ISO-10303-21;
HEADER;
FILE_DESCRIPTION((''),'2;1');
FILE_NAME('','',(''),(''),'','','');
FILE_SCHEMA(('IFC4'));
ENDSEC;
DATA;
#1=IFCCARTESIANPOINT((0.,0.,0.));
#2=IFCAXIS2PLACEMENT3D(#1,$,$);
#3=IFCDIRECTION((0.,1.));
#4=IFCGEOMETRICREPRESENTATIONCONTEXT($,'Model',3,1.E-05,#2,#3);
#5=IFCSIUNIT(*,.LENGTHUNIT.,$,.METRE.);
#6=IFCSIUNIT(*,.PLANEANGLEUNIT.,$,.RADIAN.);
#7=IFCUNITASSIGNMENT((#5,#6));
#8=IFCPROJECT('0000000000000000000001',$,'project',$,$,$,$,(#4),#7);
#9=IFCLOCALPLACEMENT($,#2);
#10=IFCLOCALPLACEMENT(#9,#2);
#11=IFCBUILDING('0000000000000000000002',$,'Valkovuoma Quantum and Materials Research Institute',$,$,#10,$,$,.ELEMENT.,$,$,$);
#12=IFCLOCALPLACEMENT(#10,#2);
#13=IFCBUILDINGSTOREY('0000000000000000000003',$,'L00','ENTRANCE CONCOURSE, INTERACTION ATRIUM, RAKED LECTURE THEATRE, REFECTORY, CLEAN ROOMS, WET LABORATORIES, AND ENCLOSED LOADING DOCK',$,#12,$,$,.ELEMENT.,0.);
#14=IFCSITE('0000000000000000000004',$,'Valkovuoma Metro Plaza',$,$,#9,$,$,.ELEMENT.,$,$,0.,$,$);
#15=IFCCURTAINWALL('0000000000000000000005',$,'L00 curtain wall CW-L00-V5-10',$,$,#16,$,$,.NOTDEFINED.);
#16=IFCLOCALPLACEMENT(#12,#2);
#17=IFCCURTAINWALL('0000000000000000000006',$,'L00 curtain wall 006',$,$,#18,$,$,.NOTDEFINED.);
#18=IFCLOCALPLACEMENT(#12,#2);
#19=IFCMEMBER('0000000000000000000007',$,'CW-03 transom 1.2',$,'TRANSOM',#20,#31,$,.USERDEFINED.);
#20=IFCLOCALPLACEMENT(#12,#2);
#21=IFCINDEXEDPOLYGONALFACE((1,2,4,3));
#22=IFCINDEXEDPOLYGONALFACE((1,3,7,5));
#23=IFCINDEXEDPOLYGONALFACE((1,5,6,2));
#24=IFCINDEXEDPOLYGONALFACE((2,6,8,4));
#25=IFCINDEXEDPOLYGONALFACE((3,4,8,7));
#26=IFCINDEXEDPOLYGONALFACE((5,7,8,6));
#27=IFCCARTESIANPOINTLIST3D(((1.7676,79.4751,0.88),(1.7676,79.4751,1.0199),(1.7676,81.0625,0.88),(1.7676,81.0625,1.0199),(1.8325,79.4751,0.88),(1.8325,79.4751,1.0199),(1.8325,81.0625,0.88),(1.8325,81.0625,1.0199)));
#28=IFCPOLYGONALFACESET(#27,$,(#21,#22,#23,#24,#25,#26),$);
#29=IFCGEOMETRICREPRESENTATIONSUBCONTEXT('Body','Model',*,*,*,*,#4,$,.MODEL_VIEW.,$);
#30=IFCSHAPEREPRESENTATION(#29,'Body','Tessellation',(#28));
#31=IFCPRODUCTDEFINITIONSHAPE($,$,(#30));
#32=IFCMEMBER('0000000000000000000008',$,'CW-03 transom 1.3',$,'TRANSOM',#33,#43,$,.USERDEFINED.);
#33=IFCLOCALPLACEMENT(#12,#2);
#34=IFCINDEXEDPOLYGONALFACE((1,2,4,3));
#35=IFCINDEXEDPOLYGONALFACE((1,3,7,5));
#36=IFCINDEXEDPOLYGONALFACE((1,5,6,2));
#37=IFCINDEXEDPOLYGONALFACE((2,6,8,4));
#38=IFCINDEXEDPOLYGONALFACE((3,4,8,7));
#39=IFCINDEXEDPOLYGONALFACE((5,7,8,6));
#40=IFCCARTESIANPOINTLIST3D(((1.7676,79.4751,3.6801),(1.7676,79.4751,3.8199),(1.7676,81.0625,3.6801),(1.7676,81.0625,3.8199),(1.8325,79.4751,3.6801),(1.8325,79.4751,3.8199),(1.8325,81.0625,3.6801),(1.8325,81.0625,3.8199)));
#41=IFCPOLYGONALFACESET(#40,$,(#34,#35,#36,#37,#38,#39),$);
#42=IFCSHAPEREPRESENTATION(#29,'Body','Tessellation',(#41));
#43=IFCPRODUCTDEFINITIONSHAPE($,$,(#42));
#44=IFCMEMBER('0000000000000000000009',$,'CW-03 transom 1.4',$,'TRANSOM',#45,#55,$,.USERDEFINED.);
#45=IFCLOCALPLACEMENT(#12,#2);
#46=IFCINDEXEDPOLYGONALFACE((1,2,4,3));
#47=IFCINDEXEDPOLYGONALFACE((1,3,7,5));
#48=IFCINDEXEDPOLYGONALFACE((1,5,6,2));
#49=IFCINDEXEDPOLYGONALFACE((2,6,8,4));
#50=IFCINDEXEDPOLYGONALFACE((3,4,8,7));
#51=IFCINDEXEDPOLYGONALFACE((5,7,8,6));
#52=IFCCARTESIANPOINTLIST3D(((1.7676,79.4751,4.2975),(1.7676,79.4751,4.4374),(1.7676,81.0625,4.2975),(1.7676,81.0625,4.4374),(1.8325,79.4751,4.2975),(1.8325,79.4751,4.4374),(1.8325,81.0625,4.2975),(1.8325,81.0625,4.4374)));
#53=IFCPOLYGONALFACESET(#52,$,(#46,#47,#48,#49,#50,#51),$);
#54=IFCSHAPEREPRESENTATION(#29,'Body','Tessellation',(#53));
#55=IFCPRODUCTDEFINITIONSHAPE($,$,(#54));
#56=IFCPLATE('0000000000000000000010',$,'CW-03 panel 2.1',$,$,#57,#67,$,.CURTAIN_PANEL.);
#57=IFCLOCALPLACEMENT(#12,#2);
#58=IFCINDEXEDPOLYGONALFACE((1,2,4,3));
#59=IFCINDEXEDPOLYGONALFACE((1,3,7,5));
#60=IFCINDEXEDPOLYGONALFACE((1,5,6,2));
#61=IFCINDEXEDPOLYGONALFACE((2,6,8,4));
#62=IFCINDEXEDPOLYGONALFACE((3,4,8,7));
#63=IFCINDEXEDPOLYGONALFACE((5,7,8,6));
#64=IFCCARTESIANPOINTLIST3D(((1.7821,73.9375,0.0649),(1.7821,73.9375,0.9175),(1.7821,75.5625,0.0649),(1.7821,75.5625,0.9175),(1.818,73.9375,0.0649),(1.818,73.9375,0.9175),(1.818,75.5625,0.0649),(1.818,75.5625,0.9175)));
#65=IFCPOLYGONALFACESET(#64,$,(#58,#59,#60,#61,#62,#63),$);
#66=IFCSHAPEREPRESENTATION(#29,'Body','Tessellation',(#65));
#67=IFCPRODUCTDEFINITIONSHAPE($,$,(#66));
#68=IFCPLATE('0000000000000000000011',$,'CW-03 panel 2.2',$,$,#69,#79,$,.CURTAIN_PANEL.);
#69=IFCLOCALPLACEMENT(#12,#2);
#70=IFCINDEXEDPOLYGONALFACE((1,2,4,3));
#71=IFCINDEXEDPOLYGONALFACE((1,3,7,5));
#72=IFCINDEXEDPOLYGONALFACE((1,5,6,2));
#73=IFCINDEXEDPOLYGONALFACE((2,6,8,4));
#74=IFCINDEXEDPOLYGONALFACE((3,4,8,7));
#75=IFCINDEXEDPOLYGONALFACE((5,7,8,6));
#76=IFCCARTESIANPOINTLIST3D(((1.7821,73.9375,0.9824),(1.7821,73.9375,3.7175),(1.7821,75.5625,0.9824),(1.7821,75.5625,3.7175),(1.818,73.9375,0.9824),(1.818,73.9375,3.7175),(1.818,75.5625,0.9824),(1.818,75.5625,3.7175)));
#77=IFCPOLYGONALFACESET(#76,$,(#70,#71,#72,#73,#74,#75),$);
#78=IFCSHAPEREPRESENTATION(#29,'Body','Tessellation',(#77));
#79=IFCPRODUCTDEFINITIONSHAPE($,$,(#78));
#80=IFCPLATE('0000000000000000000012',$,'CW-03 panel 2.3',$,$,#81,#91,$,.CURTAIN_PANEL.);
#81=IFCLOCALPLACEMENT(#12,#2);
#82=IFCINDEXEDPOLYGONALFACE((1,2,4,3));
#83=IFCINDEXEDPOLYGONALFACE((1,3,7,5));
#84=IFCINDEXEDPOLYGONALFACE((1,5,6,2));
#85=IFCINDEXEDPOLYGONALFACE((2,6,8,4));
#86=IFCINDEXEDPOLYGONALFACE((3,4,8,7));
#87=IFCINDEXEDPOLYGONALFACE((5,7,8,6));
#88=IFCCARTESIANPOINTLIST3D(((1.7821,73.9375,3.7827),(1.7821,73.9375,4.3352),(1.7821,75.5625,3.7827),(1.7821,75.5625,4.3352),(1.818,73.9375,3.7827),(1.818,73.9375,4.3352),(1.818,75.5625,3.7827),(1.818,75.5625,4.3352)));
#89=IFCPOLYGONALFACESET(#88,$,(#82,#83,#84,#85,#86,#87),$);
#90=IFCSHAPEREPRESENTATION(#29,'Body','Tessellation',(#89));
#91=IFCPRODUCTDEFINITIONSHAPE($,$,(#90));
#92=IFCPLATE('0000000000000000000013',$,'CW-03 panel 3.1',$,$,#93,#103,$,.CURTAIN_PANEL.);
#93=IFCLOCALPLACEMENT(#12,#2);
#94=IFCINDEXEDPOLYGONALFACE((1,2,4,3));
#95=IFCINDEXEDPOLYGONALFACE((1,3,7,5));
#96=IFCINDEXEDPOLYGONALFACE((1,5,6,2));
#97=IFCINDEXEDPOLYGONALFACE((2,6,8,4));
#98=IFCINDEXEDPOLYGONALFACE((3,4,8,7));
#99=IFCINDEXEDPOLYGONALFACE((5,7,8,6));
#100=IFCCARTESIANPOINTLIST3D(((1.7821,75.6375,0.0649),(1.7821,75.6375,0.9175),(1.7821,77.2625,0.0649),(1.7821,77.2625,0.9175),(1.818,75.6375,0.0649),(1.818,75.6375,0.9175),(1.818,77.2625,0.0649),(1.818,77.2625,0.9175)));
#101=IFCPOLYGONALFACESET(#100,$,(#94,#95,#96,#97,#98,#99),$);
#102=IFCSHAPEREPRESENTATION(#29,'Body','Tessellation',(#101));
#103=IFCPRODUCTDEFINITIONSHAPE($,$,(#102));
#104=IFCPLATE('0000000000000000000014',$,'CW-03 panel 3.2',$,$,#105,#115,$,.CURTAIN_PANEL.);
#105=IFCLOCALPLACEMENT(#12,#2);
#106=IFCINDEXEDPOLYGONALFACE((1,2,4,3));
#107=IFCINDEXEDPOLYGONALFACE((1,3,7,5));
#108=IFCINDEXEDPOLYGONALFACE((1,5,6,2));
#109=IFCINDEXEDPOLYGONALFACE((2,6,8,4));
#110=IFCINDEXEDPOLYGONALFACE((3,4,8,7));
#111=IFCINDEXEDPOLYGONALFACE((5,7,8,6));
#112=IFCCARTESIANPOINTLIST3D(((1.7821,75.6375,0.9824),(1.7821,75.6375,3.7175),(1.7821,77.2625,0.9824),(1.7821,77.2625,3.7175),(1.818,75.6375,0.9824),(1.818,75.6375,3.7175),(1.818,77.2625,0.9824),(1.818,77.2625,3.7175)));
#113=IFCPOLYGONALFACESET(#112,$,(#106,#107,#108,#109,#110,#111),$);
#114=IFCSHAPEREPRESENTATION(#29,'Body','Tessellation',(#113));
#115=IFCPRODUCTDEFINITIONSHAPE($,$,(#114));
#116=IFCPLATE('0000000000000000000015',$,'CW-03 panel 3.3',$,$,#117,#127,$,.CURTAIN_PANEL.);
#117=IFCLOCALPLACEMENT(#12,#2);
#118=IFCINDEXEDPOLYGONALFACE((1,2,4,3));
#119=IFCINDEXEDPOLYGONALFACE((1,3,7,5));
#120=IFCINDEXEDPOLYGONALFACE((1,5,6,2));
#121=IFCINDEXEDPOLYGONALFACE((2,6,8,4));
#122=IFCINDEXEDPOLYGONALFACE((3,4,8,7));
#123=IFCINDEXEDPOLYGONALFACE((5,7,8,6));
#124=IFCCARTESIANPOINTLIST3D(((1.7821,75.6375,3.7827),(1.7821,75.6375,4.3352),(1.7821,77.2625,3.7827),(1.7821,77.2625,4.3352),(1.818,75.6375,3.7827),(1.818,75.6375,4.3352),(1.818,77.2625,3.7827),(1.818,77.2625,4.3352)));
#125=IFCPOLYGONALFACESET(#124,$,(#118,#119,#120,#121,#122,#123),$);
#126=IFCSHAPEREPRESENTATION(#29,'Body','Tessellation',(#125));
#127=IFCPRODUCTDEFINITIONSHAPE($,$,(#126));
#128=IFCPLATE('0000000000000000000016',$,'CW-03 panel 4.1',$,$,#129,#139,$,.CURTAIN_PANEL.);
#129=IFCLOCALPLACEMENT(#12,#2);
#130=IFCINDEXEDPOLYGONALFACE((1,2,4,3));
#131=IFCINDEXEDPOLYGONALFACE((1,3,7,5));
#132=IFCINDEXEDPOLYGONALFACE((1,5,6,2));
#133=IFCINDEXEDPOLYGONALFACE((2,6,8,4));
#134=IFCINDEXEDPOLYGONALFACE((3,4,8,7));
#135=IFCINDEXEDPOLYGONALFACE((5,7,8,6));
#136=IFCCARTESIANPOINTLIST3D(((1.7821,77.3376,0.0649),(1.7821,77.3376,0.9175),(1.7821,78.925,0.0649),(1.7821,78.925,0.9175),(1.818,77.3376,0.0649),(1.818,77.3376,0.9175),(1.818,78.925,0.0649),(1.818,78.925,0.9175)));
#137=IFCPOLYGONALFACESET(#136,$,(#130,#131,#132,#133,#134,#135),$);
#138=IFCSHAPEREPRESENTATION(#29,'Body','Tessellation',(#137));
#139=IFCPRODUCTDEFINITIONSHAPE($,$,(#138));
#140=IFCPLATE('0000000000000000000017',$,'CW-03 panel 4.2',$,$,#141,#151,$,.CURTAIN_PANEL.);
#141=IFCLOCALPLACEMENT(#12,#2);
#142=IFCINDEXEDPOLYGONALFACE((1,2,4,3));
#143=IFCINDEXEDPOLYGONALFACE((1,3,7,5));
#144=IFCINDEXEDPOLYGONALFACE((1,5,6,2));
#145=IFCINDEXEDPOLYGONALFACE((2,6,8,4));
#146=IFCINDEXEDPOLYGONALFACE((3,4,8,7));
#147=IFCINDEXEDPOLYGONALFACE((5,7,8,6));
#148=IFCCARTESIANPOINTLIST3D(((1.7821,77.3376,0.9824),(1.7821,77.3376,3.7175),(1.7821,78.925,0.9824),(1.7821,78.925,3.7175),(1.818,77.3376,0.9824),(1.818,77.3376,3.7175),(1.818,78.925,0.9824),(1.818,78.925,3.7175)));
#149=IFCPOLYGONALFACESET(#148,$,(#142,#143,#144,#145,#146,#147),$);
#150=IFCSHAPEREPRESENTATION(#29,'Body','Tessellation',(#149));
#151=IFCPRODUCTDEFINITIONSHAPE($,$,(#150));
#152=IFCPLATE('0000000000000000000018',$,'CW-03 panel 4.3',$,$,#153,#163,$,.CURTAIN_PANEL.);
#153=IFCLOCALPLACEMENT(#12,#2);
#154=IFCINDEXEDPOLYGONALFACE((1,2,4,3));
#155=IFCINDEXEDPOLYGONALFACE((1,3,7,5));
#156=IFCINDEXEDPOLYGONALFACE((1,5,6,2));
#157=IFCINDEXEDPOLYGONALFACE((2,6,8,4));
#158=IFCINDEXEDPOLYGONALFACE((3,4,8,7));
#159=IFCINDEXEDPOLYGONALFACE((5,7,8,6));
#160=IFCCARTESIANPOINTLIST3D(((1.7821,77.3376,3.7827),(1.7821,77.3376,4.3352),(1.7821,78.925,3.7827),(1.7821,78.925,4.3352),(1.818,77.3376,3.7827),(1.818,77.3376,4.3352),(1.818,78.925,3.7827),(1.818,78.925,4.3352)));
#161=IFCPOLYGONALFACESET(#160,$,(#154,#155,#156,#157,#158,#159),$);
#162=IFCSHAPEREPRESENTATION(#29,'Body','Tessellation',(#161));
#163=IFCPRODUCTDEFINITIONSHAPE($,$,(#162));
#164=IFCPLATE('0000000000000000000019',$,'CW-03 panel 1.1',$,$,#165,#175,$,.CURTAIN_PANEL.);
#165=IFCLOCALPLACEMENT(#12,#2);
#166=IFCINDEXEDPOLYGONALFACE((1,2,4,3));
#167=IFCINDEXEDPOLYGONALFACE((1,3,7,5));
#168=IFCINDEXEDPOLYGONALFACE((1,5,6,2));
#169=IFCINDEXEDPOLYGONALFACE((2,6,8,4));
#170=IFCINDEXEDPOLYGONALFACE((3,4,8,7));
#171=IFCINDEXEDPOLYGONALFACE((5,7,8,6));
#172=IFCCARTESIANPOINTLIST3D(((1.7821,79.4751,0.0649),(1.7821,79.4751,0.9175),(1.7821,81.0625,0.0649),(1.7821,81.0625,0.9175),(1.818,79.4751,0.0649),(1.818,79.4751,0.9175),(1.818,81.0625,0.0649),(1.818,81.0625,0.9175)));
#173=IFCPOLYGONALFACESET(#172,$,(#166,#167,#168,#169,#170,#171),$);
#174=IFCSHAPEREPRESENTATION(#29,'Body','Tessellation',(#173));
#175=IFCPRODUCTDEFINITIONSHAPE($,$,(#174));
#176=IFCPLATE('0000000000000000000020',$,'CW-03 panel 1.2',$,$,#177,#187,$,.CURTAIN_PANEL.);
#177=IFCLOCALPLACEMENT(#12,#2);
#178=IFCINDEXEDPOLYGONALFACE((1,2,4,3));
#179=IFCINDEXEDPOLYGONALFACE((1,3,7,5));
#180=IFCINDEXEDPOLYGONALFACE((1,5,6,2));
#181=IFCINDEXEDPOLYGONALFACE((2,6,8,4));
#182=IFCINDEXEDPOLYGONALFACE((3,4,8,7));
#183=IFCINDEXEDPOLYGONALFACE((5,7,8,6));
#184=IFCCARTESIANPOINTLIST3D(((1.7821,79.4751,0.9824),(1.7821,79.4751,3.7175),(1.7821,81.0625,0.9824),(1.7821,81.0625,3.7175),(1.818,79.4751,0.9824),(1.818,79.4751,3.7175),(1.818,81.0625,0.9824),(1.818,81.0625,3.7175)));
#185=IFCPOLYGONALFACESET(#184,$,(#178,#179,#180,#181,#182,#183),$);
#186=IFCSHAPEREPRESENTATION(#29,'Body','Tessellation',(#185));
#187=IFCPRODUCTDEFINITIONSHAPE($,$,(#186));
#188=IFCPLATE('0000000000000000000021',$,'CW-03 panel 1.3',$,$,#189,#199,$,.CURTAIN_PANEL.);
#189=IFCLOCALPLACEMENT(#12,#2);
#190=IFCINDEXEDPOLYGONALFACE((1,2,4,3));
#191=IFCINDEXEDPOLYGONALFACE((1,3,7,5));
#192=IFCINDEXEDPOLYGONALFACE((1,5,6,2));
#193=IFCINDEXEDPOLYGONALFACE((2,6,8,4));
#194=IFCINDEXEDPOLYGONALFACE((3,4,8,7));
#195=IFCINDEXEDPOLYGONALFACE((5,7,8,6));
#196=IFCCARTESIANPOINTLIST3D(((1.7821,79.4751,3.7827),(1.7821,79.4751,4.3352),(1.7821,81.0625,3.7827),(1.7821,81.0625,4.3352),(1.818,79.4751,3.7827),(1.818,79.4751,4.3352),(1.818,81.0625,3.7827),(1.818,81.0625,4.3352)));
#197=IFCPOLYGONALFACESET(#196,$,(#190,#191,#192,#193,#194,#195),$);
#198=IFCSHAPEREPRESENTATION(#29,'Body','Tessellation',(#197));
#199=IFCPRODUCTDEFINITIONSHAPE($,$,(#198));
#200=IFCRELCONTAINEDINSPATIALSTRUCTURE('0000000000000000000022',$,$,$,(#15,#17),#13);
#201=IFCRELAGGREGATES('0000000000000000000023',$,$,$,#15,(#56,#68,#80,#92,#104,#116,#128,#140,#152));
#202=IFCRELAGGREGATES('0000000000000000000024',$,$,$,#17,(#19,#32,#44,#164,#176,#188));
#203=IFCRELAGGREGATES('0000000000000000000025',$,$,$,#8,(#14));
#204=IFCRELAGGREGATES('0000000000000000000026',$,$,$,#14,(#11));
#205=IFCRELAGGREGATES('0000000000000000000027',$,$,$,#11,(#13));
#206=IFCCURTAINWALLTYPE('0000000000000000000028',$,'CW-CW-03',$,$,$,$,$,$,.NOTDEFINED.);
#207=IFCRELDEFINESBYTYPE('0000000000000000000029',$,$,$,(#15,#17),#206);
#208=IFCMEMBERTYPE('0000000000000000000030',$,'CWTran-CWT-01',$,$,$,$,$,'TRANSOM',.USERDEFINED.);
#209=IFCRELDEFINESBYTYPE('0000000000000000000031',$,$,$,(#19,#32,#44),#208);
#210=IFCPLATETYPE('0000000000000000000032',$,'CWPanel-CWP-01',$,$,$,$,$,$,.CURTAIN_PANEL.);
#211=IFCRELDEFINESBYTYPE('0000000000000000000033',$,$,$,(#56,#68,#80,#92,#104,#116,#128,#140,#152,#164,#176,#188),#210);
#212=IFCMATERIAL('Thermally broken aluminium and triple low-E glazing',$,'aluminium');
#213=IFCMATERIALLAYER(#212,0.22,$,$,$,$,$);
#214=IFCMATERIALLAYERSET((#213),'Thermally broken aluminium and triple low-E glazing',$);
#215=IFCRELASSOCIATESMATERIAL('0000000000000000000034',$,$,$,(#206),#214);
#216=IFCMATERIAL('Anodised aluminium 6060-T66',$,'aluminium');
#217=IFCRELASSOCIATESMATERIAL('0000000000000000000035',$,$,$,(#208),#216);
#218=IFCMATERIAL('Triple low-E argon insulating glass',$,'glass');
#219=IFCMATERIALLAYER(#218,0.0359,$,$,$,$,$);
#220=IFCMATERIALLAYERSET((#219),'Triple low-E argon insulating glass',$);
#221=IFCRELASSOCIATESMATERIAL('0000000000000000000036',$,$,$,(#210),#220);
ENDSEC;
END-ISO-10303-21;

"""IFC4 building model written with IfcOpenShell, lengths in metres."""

from ifc_helpers import new_model, si_unit, direction, frame, origin, origin_2d, place, context, subcontext, project, spatial, rectangle, extrude, material, layer, layer_set, material_profile, profile_set, type_object, element, aggregate, save


model = new_model("IFC4")

# Units and contexts
model_context = context("Model", 3, precision=1e-05, world=origin(), true_north=direction((0.0, 1.0)))
body_context = subcontext(model_context, "Body", "Model", "MODEL_VIEW")
ifc_project = project(units=[si_unit("LENGTHUNIT", "METRE"), si_unit("PLANEANGLEUNIT", "RADIAN")], contexts=[model_context])

# Site, building, storey
site_placement = place(None, origin())
site = spatial("IfcSite", under=ifc_project, at=site_placement, Name="Valkovuoma Metro Plaza", CompositionType="ELEMENT", RefElevation=0.0)
building_placement = place(site_placement, origin())
building = spatial("IfcBuilding", under=site, at=building_placement, Name="Valkovuoma Quantum and Materials Research Institute", CompositionType="ELEMENT")
storey_placement = place(building_placement, origin())
storey = spatial("IfcBuildingStorey", under=building, at=storey_placement, Name="L00", Description="ENTRANCE CONCOURSE, INTERACTION ATRIUM, RAKED LECTURE THEATRE, REFECTORY, CLEAN ROOMS, WET LABORATORIES, AND ENCLOSED LOADING DOCK", CompositionType="ELEMENT", Elevation=0.0)

# Curtain wall
ifc_material_1 = material(Name="Thermally broken aluminium and triple low-E glazing", Category="aluminium")
ifc_layer_1 = layer(ifc_material_1, 0.22)
ifc_layer_set_1 = layer_set([ifc_layer_1], Name="Thermally broken aluminium and triple low-E glazing")
curtain_wall_type = type_object("IfcCurtainWallType", Name="CW-CW-03", PredefinedType="NOTDEFINED", material=ifc_layer_set_1)
curtain_wall_1_placement = place(storey_placement, origin())
curtain_wall_1 = element("IfcCurtainWall", 1, at=curtain_wall_1_placement, inside=storey, type_object=curtain_wall_type, Name="L00 curtain wall CW-L00-V5-10", PredefinedType="NOTDEFINED")

# Curtain wall
curtain_wall_2_placement = place(storey_placement, origin())
curtain_wall_2 = element("IfcCurtainWall", 2, at=curtain_wall_2_placement, inside=storey, type_object=curtain_wall_type, Name="L00 curtain wall 006", PredefinedType="NOTDEFINED")

# Members
ifc_material_2 = material(Name="Anodised aluminium 6060-T66", Category="aluminium")
ifc_material_profile_1 = material_profile(ifc_material_2, rectangle(XDim=0.0649, YDim=0.1399, at=origin_2d()), Name="Anodised aluminium 6060-T66")
ifc_profile_set_1 = profile_set([ifc_material_profile_1], Name="Anodised aluminium 6060-T66")
member_type_1 = type_object("IfcMemberType", Name="CWTran-CWT-01", ElementType="TRANSOM", PredefinedType="USERDEFINED", material=ifc_profile_set_1)
member_1_placement = place(storey_placement, frame((1.8, 79.4751, 0.95), z_axis=(0.0, 1.0, 0.0), x_axis=(-1.0, 0.0, 0.0)))
member_1 = element("IfcMember", 3, at=member_1_placement, type_object=member_type_1, Name="CW-03 transom 1.2", ObjectType="TRANSOM", PredefinedType="USERDEFINED", context=body_context, shape_type="SweptSolid", body=[
    extrude(rectangle(XDim=0.0649, YDim=0.1399, at=origin_2d()), origin(), (0.0, 0.0, 1.0), 1.5874),
])
member_2_placement = place(storey_placement, frame((1.8, 79.4751, 3.75), z_axis=(0.0, 1.0, 0.0), x_axis=(-1.0, 0.0, 0.0)))
member_2 = element("IfcMember", 4, at=member_2_placement, type_object=member_type_1, Name="CW-03 transom 1.3", ObjectType="TRANSOM", PredefinedType="USERDEFINED", context=body_context, shape_type="SweptSolid", body=[
    extrude(rectangle(XDim=0.0649, YDim=0.1399, at=origin_2d()), origin(), (0.0, 0.0, 1.0), 1.5874),
])
member_3_placement = place(storey_placement, frame((1.8, 79.4751, 4.3674), z_axis=(0.0, 1.0, 0.0), x_axis=(-1.0, 0.0, 0.0)))
member_3 = element("IfcMember", 5, at=member_3_placement, type_object=member_type_1, Name="CW-03 transom 1.4", ObjectType="TRANSOM", PredefinedType="USERDEFINED", context=body_context, shape_type="SweptSolid", body=[
    extrude(rectangle(XDim=0.0649, YDim=0.1399, at=origin_2d()), origin(), (0.0, 0.0, 1.0), 1.5874),
])

# Plates
ifc_material_3 = material(Name="Triple low-E argon insulating glass", Category="glass")
ifc_layer_2 = layer(ifc_material_3, 0.0359)
ifc_layer_set_2 = layer_set([ifc_layer_2], Name="Triple low-E argon insulating glass")
plate_type = type_object("IfcPlateType", Name="CWPanel-CWP-01", PredefinedType="CURTAIN_PANEL", material=ifc_layer_set_2)
plate_1_placement = place(storey_placement, frame((1.8, 74.75, 0.0649), z_axis=(0.0, 0.0, 1.0), x_axis=(0.0, 1.0, 0.0)))
plate_1 = element("IfcPlate", 6, at=plate_1_placement, type_object=plate_type, Name="CW-03 panel 2.1", PredefinedType="CURTAIN_PANEL", context=body_context, shape_type="SweptSolid", body=[
    extrude(rectangle(XDim=1.625, YDim=0.0359, at=origin_2d()), origin(), (0.0, 0.0, 1.0), 0.8525),
])
plate_2_placement = place(storey_placement, frame((1.8, 74.75, 0.9824), z_axis=(0.0, 0.0, 1.0), x_axis=(0.0, 1.0, 0.0)))
plate_2 = element("IfcPlate", 7, at=plate_2_placement, type_object=plate_type, Name="CW-03 panel 2.2", PredefinedType="CURTAIN_PANEL", context=body_context, shape_type="SweptSolid", body=[
    extrude(rectangle(XDim=1.625, YDim=0.0359, at=origin_2d()), origin(), (0.0, 0.0, 1.0), 2.7351),
])
plate_3_placement = place(storey_placement, frame((1.8, 74.75, 3.7827), z_axis=(0.0, 0.0, 1.0), x_axis=(0.0, 1.0, 0.0)))
plate_3 = element("IfcPlate", 8, at=plate_3_placement, type_object=plate_type, Name="CW-03 panel 2.3", PredefinedType="CURTAIN_PANEL", context=body_context, shape_type="SweptSolid", body=[
    extrude(rectangle(XDim=1.625, YDim=0.0359, at=origin_2d()), origin(), (0.0, 0.0, 1.0), 0.5525),
])
plate_4_placement = place(storey_placement, frame((1.8, 76.45, 0.0649), z_axis=(0.0, 0.0, 1.0), x_axis=(0.0, 1.0, 0.0)))
plate_4 = element("IfcPlate", 9, at=plate_4_placement, type_object=plate_type, Name="CW-03 panel 3.1", PredefinedType="CURTAIN_PANEL", context=body_context, shape_type="SweptSolid", body=[
    extrude(rectangle(XDim=1.625, YDim=0.0359, at=origin_2d()), origin(), (0.0, 0.0, 1.0), 0.8525),
])
plate_5_placement = place(storey_placement, frame((1.8, 76.45, 0.9824), z_axis=(0.0, 0.0, 1.0), x_axis=(0.0, 1.0, 0.0)))
plate_5 = element("IfcPlate", 10, at=plate_5_placement, type_object=plate_type, Name="CW-03 panel 3.2", PredefinedType="CURTAIN_PANEL", context=body_context, shape_type="SweptSolid", body=[
    extrude(rectangle(XDim=1.625, YDim=0.0359, at=origin_2d()), origin(), (0.0, 0.0, 1.0), 2.7351),
])
plate_6_placement = place(storey_placement, frame((1.8, 76.45, 3.7827), z_axis=(0.0, 0.0, 1.0), x_axis=(0.0, 1.0, 0.0)))
plate_6 = element("IfcPlate", 11, at=plate_6_placement, type_object=plate_type, Name="CW-03 panel 3.3", PredefinedType="CURTAIN_PANEL", context=body_context, shape_type="SweptSolid", body=[
    extrude(rectangle(XDim=1.625, YDim=0.0359, at=origin_2d()), origin(), (0.0, 0.0, 1.0), 0.5525),
])
plate_7_placement = place(storey_placement, frame((1.8, 78.1313, 0.0649), z_axis=(0.0, 0.0, 1.0), x_axis=(0.0, 1.0, 0.0)))
plate_7 = element("IfcPlate", 12, at=plate_7_placement, type_object=plate_type, Name="CW-03 panel 4.1", PredefinedType="CURTAIN_PANEL", context=body_context, shape_type="SweptSolid", body=[
    extrude(rectangle(XDim=1.5874, YDim=0.0359, at=origin_2d()), origin(), (0.0, 0.0, 1.0), 0.8525),
])
plate_8_placement = place(storey_placement, frame((1.8, 78.1313, 0.9824), z_axis=(0.0, 0.0, 1.0), x_axis=(0.0, 1.0, 0.0)))
plate_8 = element("IfcPlate", 13, at=plate_8_placement, type_object=plate_type, Name="CW-03 panel 4.2", PredefinedType="CURTAIN_PANEL", context=body_context, shape_type="SweptSolid", body=[
    extrude(rectangle(XDim=1.5874, YDim=0.0359, at=origin_2d()), origin(), (0.0, 0.0, 1.0), 2.7351),
])
plate_9_placement = place(storey_placement, frame((1.8, 78.1313, 3.7827), z_axis=(0.0, 0.0, 1.0), x_axis=(0.0, 1.0, 0.0)))
plate_9 = element("IfcPlate", 14, at=plate_9_placement, type_object=plate_type, Name="CW-03 panel 4.3", PredefinedType="CURTAIN_PANEL", context=body_context, shape_type="SweptSolid", body=[
    extrude(rectangle(XDim=1.5874, YDim=0.0359, at=origin_2d()), origin(), (0.0, 0.0, 1.0), 0.5525),
])
aggregate(curtain_wall_1, [plate_1, plate_2, plate_3, plate_4, plate_5, plate_6, plate_7, plate_8, plate_9])
plate_10_placement = place(storey_placement, frame((1.8, 80.2688, 0.0649), z_axis=(0.0, 0.0, 1.0), x_axis=(0.0, 1.0, 0.0)))
plate_10 = element("IfcPlate", 15, at=plate_10_placement, type_object=plate_type, Name="CW-03 panel 1.1", PredefinedType="CURTAIN_PANEL", context=body_context, shape_type="SweptSolid", body=[
    extrude(rectangle(XDim=1.5874, YDim=0.0359, at=origin_2d()), origin(), (0.0, 0.0, 1.0), 0.8525),
])
plate_11_placement = place(storey_placement, frame((1.8, 80.2688, 0.9824), z_axis=(0.0, 0.0, 1.0), x_axis=(0.0, 1.0, 0.0)))
plate_11 = element("IfcPlate", 16, at=plate_11_placement, type_object=plate_type, Name="CW-03 panel 1.2", PredefinedType="CURTAIN_PANEL", context=body_context, shape_type="SweptSolid", body=[
    extrude(rectangle(XDim=1.5874, YDim=0.0359, at=origin_2d()), origin(), (0.0, 0.0, 1.0), 2.7351),
])
plate_12_placement = place(storey_placement, frame((1.8, 80.2688, 3.7827), z_axis=(0.0, 0.0, 1.0), x_axis=(0.0, 1.0, 0.0)))
plate_12 = element("IfcPlate", 17, at=plate_12_placement, type_object=plate_type, Name="CW-03 panel 1.3", PredefinedType="CURTAIN_PANEL", context=body_context, shape_type="SweptSolid", body=[
    extrude(rectangle(XDim=1.5874, YDim=0.0359, at=origin_2d()), origin(), (0.0, 0.0, 1.0), 0.5525),
])
aggregate(curtain_wall_2, [member_1, member_2, member_3, plate_10, plate_11, plate_12])

save(model, "model.ifc")
